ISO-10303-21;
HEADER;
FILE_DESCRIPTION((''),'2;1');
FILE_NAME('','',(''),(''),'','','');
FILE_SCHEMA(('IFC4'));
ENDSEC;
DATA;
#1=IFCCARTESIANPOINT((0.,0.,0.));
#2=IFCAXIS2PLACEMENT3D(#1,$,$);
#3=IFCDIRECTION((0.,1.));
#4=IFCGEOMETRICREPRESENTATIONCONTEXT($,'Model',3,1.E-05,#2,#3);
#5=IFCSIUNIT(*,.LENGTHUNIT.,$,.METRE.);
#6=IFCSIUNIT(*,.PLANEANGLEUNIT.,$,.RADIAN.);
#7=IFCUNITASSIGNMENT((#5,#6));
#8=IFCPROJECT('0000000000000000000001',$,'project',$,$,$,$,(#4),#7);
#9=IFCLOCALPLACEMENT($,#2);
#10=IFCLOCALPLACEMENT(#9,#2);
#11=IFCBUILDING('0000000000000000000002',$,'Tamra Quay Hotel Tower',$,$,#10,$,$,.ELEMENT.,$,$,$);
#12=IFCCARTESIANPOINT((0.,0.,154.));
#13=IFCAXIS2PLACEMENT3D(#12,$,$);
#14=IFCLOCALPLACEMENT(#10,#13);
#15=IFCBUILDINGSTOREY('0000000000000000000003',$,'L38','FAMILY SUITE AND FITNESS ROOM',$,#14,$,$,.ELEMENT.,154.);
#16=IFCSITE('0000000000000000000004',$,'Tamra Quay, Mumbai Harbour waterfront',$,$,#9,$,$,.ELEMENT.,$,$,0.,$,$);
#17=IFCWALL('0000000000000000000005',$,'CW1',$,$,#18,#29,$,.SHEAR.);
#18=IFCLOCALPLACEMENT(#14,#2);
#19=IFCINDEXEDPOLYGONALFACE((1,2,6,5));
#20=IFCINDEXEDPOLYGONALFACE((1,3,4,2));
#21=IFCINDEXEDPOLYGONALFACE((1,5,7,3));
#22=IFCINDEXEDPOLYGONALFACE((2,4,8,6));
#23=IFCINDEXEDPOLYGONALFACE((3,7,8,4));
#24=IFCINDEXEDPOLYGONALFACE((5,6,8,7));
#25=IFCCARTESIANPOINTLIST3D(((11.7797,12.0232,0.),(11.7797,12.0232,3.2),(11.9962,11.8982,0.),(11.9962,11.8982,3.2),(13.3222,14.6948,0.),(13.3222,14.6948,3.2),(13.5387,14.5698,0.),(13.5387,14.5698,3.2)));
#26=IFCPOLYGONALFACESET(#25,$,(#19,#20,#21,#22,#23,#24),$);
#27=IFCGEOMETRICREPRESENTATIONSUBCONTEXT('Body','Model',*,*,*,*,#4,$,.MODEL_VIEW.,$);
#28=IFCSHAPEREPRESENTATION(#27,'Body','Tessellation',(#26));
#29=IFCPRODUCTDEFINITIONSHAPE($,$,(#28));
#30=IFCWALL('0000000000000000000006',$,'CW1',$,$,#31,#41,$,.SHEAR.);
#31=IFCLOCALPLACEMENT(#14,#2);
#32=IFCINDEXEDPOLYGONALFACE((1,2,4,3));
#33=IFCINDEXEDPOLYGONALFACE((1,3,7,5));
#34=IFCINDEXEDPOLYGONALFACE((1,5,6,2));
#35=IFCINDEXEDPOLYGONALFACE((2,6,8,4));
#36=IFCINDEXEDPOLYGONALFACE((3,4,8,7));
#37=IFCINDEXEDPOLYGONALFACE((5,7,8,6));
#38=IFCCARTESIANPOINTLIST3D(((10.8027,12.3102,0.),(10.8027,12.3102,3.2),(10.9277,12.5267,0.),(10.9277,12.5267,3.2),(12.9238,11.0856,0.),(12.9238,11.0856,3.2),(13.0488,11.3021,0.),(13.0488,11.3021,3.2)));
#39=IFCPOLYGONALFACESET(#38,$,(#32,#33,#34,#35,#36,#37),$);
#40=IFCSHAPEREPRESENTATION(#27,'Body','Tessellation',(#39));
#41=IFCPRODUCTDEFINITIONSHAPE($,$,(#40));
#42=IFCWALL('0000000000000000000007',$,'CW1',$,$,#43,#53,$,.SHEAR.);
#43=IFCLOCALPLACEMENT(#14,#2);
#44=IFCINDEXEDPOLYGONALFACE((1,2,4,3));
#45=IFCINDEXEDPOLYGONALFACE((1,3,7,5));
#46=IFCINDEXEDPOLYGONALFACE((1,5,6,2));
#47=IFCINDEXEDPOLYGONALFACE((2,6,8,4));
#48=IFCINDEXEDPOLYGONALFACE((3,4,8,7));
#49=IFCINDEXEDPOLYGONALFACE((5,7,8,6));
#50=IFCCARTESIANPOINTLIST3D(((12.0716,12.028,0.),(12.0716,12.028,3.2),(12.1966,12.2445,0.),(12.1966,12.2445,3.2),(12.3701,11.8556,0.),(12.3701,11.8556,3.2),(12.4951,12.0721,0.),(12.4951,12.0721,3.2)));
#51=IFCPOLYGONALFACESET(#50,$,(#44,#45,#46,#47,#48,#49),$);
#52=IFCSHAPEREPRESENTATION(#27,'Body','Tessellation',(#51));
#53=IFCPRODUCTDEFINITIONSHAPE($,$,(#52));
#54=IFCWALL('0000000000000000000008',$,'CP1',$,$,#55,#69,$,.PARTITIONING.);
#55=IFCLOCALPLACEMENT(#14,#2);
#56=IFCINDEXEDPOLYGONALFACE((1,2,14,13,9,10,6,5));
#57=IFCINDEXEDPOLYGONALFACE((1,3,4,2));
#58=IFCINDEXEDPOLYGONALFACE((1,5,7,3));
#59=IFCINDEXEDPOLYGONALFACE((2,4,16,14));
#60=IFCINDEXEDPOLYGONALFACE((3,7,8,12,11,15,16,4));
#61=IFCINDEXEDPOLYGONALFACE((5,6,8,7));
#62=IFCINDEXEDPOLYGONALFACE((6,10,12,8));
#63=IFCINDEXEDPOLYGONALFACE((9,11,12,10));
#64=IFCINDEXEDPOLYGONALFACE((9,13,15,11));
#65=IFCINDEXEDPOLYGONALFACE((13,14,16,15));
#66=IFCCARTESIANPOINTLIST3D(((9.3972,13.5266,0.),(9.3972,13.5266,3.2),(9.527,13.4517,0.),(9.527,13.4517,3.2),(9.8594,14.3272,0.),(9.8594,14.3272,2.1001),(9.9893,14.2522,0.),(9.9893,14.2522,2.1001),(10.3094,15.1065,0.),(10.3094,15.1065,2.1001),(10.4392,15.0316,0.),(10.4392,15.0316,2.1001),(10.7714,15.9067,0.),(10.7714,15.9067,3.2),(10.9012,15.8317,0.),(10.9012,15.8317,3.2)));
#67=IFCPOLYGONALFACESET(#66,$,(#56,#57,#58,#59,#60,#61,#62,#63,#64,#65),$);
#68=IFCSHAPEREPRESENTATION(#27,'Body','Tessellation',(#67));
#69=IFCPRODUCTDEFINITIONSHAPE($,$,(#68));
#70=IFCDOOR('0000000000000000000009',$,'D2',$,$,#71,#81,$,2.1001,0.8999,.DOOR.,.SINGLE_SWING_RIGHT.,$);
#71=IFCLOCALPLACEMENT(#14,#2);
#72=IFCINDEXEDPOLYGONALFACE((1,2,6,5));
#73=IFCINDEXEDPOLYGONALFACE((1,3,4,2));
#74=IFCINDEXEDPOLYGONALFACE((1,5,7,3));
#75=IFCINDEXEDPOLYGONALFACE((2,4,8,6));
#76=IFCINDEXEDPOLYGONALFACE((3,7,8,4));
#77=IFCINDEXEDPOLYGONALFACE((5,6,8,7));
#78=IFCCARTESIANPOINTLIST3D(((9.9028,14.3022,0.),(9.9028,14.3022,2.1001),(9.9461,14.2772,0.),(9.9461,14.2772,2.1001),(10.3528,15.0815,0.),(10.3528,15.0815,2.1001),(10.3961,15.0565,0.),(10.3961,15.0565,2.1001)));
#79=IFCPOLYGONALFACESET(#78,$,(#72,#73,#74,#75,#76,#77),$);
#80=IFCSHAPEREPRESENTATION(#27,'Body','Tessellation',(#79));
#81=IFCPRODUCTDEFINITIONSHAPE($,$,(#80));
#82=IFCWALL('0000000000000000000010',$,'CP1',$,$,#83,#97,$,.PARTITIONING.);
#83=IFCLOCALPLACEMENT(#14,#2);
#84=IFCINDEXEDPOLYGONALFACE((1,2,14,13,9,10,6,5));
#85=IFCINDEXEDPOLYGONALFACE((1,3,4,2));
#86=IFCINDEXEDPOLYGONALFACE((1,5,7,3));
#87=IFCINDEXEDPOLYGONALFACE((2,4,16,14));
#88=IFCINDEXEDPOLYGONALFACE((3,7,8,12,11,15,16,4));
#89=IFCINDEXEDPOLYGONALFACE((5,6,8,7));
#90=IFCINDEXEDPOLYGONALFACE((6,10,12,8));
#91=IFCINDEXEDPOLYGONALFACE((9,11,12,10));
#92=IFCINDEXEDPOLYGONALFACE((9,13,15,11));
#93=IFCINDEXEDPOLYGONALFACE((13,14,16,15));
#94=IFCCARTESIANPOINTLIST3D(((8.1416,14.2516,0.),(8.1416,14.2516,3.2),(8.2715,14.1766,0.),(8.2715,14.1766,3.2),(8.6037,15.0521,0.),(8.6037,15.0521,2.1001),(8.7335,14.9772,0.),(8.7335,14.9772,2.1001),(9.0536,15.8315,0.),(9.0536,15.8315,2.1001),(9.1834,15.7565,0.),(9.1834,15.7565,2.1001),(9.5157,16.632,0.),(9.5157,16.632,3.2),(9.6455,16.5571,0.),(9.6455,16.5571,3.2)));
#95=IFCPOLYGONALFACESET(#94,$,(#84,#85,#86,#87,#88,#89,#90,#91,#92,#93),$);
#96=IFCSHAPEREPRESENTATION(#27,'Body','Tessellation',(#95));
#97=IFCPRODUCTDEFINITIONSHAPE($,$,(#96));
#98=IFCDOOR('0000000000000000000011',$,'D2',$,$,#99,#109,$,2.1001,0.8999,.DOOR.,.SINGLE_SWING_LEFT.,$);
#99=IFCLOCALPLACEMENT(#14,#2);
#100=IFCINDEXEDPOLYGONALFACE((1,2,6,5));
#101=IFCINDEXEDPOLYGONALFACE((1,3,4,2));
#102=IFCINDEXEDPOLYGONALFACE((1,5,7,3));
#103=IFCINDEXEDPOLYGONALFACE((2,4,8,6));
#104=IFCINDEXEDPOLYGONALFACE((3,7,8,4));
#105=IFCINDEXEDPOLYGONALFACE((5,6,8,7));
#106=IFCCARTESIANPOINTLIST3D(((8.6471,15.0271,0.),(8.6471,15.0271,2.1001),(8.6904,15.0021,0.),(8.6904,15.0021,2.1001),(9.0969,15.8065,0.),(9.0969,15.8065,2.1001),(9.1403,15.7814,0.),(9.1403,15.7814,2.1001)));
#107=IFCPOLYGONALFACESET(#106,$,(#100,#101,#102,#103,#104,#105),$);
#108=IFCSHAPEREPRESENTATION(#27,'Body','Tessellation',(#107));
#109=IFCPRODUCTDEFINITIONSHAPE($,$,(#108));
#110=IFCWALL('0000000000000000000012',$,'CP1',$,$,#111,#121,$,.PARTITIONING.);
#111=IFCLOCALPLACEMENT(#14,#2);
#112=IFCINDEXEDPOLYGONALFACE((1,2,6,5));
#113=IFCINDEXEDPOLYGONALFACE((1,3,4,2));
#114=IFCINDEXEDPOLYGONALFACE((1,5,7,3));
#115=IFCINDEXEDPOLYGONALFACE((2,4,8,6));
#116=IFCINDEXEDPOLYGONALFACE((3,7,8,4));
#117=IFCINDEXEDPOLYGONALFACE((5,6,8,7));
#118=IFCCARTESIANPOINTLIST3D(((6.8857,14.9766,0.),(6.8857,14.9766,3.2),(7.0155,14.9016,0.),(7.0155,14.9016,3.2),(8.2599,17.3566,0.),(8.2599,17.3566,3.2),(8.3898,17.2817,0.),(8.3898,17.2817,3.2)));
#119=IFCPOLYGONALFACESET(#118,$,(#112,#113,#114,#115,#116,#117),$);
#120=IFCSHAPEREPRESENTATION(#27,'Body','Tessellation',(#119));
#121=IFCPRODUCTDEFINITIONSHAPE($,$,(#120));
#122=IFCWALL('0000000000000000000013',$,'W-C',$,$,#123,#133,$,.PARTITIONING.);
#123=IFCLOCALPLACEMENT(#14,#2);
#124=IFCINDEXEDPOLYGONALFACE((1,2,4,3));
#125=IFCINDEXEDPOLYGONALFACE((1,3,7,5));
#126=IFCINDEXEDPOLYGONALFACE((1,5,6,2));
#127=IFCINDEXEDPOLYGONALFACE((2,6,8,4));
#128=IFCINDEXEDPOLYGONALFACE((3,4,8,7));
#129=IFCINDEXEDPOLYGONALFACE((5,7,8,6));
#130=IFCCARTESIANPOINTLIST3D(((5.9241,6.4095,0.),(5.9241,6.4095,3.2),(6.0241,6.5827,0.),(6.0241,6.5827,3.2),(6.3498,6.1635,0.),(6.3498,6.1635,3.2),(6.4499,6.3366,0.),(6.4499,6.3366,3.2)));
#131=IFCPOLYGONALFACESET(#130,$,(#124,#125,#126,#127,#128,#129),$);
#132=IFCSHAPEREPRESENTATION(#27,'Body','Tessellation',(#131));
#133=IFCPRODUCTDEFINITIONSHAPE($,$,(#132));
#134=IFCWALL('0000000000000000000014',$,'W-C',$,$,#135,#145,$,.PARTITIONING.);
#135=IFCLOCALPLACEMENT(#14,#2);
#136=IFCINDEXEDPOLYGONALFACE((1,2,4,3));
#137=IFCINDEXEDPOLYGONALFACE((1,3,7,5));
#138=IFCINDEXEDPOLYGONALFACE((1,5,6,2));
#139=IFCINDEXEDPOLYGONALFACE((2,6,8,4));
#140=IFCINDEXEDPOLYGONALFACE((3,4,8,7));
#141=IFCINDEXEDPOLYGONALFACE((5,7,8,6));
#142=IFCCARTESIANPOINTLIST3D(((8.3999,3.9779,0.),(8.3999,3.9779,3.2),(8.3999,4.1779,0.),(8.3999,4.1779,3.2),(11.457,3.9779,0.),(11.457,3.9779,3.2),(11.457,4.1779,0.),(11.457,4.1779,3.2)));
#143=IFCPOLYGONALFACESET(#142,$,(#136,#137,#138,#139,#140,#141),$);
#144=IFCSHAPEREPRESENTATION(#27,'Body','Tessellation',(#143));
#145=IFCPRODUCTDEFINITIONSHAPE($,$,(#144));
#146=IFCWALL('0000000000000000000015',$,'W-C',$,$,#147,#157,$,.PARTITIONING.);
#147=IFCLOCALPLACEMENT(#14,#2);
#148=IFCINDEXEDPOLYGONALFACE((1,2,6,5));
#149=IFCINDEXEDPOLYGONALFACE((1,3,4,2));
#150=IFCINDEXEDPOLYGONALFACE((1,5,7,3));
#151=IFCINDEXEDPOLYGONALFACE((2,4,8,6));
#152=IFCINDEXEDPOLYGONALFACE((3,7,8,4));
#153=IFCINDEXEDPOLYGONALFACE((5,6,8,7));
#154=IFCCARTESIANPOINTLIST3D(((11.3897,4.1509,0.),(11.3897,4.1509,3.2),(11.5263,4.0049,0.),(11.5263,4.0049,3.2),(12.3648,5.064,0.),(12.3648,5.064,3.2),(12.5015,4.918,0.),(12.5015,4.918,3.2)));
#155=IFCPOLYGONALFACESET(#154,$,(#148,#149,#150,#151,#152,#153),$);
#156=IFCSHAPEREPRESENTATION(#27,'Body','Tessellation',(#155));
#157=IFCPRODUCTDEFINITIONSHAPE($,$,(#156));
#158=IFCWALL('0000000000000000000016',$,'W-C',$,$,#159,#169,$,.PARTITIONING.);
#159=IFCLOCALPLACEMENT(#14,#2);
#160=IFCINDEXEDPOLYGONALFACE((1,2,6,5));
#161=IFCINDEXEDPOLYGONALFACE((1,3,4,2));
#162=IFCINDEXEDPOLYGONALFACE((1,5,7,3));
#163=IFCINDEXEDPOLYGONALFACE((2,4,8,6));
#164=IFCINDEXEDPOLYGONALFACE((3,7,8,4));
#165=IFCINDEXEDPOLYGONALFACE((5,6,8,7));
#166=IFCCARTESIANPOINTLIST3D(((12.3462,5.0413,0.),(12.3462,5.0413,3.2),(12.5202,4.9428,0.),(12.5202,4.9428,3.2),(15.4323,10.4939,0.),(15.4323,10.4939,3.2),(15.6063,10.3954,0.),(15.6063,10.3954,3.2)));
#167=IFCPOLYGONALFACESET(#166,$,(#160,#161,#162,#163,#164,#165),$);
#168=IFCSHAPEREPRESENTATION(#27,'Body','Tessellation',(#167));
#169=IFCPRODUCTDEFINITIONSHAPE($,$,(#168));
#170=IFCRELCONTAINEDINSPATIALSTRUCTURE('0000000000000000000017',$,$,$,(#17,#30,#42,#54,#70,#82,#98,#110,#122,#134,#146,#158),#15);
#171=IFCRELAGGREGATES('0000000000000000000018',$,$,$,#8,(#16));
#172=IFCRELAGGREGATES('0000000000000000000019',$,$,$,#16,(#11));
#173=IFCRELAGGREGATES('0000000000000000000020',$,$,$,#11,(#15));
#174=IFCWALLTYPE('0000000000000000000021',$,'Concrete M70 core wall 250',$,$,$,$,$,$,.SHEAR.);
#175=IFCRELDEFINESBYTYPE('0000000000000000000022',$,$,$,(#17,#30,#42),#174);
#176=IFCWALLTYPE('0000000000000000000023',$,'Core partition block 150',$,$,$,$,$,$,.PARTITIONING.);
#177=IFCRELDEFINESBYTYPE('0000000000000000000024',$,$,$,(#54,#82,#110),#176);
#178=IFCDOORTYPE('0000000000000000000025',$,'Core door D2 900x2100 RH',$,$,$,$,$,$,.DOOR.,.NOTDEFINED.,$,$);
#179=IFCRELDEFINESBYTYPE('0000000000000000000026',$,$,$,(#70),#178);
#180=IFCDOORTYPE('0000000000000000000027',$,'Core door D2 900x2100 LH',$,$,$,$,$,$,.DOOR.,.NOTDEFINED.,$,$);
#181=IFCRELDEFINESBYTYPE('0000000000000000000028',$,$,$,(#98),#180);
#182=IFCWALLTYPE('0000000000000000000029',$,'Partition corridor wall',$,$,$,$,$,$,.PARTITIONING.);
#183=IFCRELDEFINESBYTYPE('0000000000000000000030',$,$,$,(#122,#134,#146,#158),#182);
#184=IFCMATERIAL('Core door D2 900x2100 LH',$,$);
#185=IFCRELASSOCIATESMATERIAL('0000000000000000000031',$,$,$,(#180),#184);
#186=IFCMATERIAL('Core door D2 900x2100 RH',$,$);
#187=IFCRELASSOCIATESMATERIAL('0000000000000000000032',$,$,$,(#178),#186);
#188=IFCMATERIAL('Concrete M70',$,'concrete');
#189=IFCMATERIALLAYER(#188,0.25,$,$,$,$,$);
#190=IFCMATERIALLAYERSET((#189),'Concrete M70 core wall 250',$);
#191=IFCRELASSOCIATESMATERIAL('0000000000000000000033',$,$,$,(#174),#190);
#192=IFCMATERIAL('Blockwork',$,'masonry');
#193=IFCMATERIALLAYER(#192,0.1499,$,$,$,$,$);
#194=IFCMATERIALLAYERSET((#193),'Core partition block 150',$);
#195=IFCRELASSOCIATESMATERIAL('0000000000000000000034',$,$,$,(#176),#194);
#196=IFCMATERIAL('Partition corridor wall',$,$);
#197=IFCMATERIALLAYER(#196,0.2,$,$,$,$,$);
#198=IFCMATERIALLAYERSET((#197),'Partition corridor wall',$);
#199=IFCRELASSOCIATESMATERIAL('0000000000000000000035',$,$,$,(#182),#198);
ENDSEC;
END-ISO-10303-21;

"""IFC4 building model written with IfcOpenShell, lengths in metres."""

from ifc_helpers import new_model, si_unit, direction, frame, frame_2d, origin, place, context, subcontext, project, spatial, rectangle, extrude, material, layer, layer_set, type_object, element, fill, save


model = new_model("IFC4")

# Units and contexts
model_context = context("Model", 3, precision=1e-05, world=origin(), true_north=direction((0.0, 1.0)))
body_context = subcontext(model_context, "Body", "Model", "MODEL_VIEW")
ifc_project = project(units=[si_unit("LENGTHUNIT", "METRE"), si_unit("PLANEANGLEUNIT", "RADIAN")], contexts=[model_context])

# Site, building, storey
site_placement = place(None, origin())
site = spatial("IfcSite", under=ifc_project, at=site_placement, Name="Tamra Quay, Mumbai Harbour waterfront", CompositionType="ELEMENT", RefElevation=0.0)
building_placement = place(site_placement, origin())
building = spatial("IfcBuilding", under=site, at=building_placement, Name="Tamra Quay Hotel Tower", CompositionType="ELEMENT")
storey_placement = place(building_placement, frame((0.0, 0.0, 154.0)))
storey = spatial("IfcBuildingStorey", under=building, at=storey_placement, Name="L38", Description="FAMILY SUITE AND FITNESS ROOM", CompositionType="ELEMENT", Elevation=154.0)

# Shared definitions
ifc_material_1 = material(Name="Concrete M70", Category="concrete")

# Shared definitions
ifc_material_2 = material(Name="Core door D2 900x2100 LH")
door_type_1 = type_object("IfcDoorType", Name="Core door D2 900x2100 LH", OperationType="NOTDEFINED", PredefinedType="DOOR", material=ifc_material_2)
ifc_material_3 = material(Name="Core door D2 900x2100 RH")
door_type_2 = type_object("IfcDoorType", Name="Core door D2 900x2100 RH", OperationType="NOTDEFINED", PredefinedType="DOOR", material=ifc_material_3)
ifc_layer_1 = layer(ifc_material_1, 0.25)
ifc_layer_set_1 = layer_set([ifc_layer_1], Name="Concrete M70 core wall 250")
wall_type_1 = type_object("IfcWallType", Name="Concrete M70 core wall 250", PredefinedType="SHEAR", material=ifc_layer_set_1)

# Walls
wall_1_placement = place(storey_placement, frame((11.8879, 11.9607, 0.0), z_axis=(0.0, 0.0, 1.0), x_axis=(0.500003, 0.866023, 0.0)))
element("IfcWall", 1, at=wall_1_placement, inside=storey, type_object=wall_type_1, Name="CW1", PredefinedType="SHEAR", context=body_context, shape_type="SweptSolid", body=[
    extrude(rectangle(XDim=3.085, YDim=0.25, at=frame_2d((1.5425, 0.0))), origin(), (0.0, 0.0, 1.0), 3.2),
])
wall_2_placement = place(storey_placement, frame((10.8652, 12.4185, 0.0), z_axis=(0.0, 0.0, 1.0), x_axis=(0.866026, -0.499999, 0.0)))
element("IfcWall", 2, at=wall_2_placement, inside=storey, type_object=wall_type_1, Name="CW1", PredefinedType="SHEAR", context=body_context, shape_type="SweptSolid", body=[
    extrude(rectangle(XDim=2.4492, YDim=0.25, at=frame_2d((1.2246, 0.0))), origin(), (0.0, 0.0, 1.0), 3.2),
])
wall_3_placement = place(storey_placement, frame((12.4326, 11.9639, 0.0), z_axis=(0.0, 0.0, 1.0), x_axis=(-0.866056, 0.499947, 0.0)))
element("IfcWall", 3, at=wall_3_placement, inside=storey, type_object=wall_type_1, Name="CW1", PredefinedType="SHEAR", context=body_context, shape_type="SweptSolid", body=[
    extrude(rectangle(XDim=0.3447, YDim=0.25, at=frame_2d((0.1724, 0.0))), origin(), (0.0, 0.0, 1.0), 3.2),
])

# Walls, openings, doors
ifc_material_4 = material(Name="Blockwork", Category="masonry")
ifc_layer_2 = layer(ifc_material_4, 0.1499)
ifc_layer_set_2 = layer_set([ifc_layer_2], Name="Core partition block 150")
wall_type_2 = type_object("IfcWallType", Name="Core partition block 150", PredefinedType="PARTITIONING", material=ifc_layer_set_2)
wall_4_placement = place(storey_placement, frame((9.4622, 13.4893, 0.0), z_axis=(0.0, 0.0, 1.0), x_axis=(0.500027, 0.86601, 0.0)))
wall_4 = element("IfcWall", 4, at=wall_4_placement, inside=storey, type_object=wall_type_2, Name="CP1", PredefinedType="PARTITIONING", context=body_context, shape_type="SweptSolid", body=[
    extrude(rectangle(XDim=2.7483, YDim=0.1499, at=frame_2d((1.374, 0.0))), origin(), (0.0, 0.0, 1.0), 3.2),
])
opening_1_placement = place(wall_4_placement, frame((0.9243, 0.0, 0.0)))
opening_1 = element("IfcOpeningElement", 5, at=opening_1_placement, cuts=wall_4, PredefinedType="OPENING", context=body_context, shape_type="SweptSolid", body=[
    extrude(rectangle(XDim=0.8999, YDim=2.1001, at=frame_2d((0.45, 1.05))), frame((0.0, 0.085, 0.0), z_axis=(0.0, -1.0, 0.0), x_axis=(1.0, 0.0, 0.0)), (0.0, 0.0, 1.0), 0.1699),
])
door_1_placement = place(opening_1_placement, origin())
door_1 = element("IfcDoor", 6, at=door_1_placement, inside=storey, type_object=door_type_2, Name="D2", OperationType="SINGLE_SWING_RIGHT", OverallHeight=2.1001, OverallWidth=0.8999, PredefinedType="DOOR", context=body_context, shape_type="SweptSolid", body=[
    extrude(rectangle(XDim=0.8999, YDim=2.1001, at=frame_2d((0.45, 1.05))), frame((0.0, 0.0249, 0.0), z_axis=(0.0, -1.0, 0.0), x_axis=(1.0, 0.0, 0.0)), (0.0, 0.0, 1.0), 0.05),
])
fill(opening_1, door_1)
wall_5_placement = place(storey_placement, frame((8.2065, 14.2141, 0.0), z_axis=(0.0, 0.0, 1.0), x_axis=(0.499922, 0.86607, 0.0)))
wall_5 = element("IfcWall", 7, at=wall_5_placement, inside=storey, type_object=wall_type_2, Name="CP1", PredefinedType="PARTITIONING", context=body_context, shape_type="SweptSolid", body=[
    extrude(rectangle(XDim=2.7485, YDim=0.1499, at=frame_2d((1.3743, 0.0))), origin(), (0.0, 0.0, 1.0), 3.2),
])
opening_2_placement = place(wall_5_placement, frame((0.9243, 0.0, 0.0)))
opening_2 = element("IfcOpeningElement", 8, at=opening_2_placement, cuts=wall_5, PredefinedType="OPENING", context=body_context, shape_type="SweptSolid", body=[
    extrude(rectangle(XDim=0.8999, YDim=2.1001, at=frame_2d((0.45, 1.05))), frame((0.0, 0.085, 0.0), z_axis=(0.0, -1.0, 0.0), x_axis=(1.0, 0.0, 0.0)), (0.0, 0.0, 1.0), 0.1699),
])
door_2_placement = place(opening_2_placement, origin())
door_2 = element("IfcDoor", 9, at=door_2_placement, inside=storey, type_object=door_type_1, Name="D2", OperationType="SINGLE_SWING_LEFT", OverallHeight=2.1001, OverallWidth=0.8999, PredefinedType="DOOR", context=body_context, shape_type="SweptSolid", body=[
    extrude(rectangle(XDim=0.8999, YDim=2.1001, at=frame_2d((0.45, 1.05))), frame((0.0, 0.0249, 0.0), z_axis=(0.0, -1.0, 0.0), x_axis=(1.0, 0.0, 0.0)), (0.0, 0.0, 1.0), 0.05),
])
fill(opening_2, door_2)

# Walls
wall_6_placement = place(storey_placement, frame((6.9507, 14.9392, 0.0), z_axis=(0.0, 0.0, 1.0), x_axis=(0.500027, 0.86601, 0.0)))
element("IfcWall", 10, at=wall_6_placement, inside=storey, type_object=wall_type_2, Name="CP1", PredefinedType="PARTITIONING", context=body_context, shape_type="SweptSolid", body=[
    extrude(rectangle(XDim=2.7483, YDim=0.1499, at=frame_2d((1.374, 0.0))), origin(), (0.0, 0.0, 1.0), 3.2),
])
ifc_material_5 = material(Name="Partition corridor wall")
ifc_layer_3 = layer(ifc_material_5, 0.2)
ifc_layer_set_3 = layer_set([ifc_layer_3], Name="Partition corridor wall")
wall_type_3 = type_object("IfcWallType", Name="Partition corridor wall", PredefinedType="PARTITIONING", material=ifc_layer_set_3)
wall_7_placement = place(storey_placement, frame((5.9741, 6.4961, 0.0), z_axis=(0.0, 0.0, 1.0), x_axis=(0.865789, -0.50041, 0.0)))
element("IfcWall", 11, at=wall_7_placement, inside=storey, type_object=wall_type_3, Name="W-C", PredefinedType="PARTITIONING", context=body_context, shape_type="SweptSolid", body=[
    extrude(rectangle(XDim=0.4917, YDim=0.2, at=frame_2d((0.2458, 0.0))), origin(), (0.0, 0.0, 1.0), 3.2),
])
wall_8_placement = place(storey_placement, frame((8.3999, 4.0779, 0.0), z_axis=(0.0, 0.0, 1.0), x_axis=(1.0, 0.0, 0.0)))
element("IfcWall", 12, at=wall_8_placement, inside=storey, type_object=wall_type_3, Name="W-C", PredefinedType="PARTITIONING", context=body_context, shape_type="SweptSolid", body=[
    extrude(rectangle(XDim=3.0571, YDim=0.2, at=frame_2d((1.5286, 0.0))), origin(), (0.0, 0.0, 1.0), 3.2),
])
wall_9_placement = place(storey_placement, frame((11.458, 4.0779, 0.0), z_axis=(0.0, 0.0, 1.0), x_axis=(0.729936, 0.683515, 0.0)))
element("IfcWall", 13, at=wall_9_placement, inside=storey, type_object=wall_type_3, Name="W-C", PredefinedType="PARTITIONING", context=body_context, shape_type="SweptSolid", body=[
    extrude(rectangle(XDim=1.3359, YDim=0.2, at=frame_2d((0.668, 0.0))), origin(), (0.0, 0.0, 1.0), 3.2),
])
wall_10_placement = place(storey_placement, frame((12.4331, 4.9919, 0.0), z_axis=(0.0, 0.0, 1.0), x_axis=(0.492572, 0.870272, 0.0)))
element("IfcWall", 14, at=wall_10_placement, inside=storey, type_object=wall_type_3, Name="W-C", PredefinedType="PARTITIONING", context=body_context, shape_type="SweptSolid", body=[
    extrude(rectangle(XDim=6.2654, YDim=0.2, at=frame_2d((3.1328, 0.0))), origin(), (0.0, 0.0, 1.0), 3.2),
])

save(model, "model.ifc")
